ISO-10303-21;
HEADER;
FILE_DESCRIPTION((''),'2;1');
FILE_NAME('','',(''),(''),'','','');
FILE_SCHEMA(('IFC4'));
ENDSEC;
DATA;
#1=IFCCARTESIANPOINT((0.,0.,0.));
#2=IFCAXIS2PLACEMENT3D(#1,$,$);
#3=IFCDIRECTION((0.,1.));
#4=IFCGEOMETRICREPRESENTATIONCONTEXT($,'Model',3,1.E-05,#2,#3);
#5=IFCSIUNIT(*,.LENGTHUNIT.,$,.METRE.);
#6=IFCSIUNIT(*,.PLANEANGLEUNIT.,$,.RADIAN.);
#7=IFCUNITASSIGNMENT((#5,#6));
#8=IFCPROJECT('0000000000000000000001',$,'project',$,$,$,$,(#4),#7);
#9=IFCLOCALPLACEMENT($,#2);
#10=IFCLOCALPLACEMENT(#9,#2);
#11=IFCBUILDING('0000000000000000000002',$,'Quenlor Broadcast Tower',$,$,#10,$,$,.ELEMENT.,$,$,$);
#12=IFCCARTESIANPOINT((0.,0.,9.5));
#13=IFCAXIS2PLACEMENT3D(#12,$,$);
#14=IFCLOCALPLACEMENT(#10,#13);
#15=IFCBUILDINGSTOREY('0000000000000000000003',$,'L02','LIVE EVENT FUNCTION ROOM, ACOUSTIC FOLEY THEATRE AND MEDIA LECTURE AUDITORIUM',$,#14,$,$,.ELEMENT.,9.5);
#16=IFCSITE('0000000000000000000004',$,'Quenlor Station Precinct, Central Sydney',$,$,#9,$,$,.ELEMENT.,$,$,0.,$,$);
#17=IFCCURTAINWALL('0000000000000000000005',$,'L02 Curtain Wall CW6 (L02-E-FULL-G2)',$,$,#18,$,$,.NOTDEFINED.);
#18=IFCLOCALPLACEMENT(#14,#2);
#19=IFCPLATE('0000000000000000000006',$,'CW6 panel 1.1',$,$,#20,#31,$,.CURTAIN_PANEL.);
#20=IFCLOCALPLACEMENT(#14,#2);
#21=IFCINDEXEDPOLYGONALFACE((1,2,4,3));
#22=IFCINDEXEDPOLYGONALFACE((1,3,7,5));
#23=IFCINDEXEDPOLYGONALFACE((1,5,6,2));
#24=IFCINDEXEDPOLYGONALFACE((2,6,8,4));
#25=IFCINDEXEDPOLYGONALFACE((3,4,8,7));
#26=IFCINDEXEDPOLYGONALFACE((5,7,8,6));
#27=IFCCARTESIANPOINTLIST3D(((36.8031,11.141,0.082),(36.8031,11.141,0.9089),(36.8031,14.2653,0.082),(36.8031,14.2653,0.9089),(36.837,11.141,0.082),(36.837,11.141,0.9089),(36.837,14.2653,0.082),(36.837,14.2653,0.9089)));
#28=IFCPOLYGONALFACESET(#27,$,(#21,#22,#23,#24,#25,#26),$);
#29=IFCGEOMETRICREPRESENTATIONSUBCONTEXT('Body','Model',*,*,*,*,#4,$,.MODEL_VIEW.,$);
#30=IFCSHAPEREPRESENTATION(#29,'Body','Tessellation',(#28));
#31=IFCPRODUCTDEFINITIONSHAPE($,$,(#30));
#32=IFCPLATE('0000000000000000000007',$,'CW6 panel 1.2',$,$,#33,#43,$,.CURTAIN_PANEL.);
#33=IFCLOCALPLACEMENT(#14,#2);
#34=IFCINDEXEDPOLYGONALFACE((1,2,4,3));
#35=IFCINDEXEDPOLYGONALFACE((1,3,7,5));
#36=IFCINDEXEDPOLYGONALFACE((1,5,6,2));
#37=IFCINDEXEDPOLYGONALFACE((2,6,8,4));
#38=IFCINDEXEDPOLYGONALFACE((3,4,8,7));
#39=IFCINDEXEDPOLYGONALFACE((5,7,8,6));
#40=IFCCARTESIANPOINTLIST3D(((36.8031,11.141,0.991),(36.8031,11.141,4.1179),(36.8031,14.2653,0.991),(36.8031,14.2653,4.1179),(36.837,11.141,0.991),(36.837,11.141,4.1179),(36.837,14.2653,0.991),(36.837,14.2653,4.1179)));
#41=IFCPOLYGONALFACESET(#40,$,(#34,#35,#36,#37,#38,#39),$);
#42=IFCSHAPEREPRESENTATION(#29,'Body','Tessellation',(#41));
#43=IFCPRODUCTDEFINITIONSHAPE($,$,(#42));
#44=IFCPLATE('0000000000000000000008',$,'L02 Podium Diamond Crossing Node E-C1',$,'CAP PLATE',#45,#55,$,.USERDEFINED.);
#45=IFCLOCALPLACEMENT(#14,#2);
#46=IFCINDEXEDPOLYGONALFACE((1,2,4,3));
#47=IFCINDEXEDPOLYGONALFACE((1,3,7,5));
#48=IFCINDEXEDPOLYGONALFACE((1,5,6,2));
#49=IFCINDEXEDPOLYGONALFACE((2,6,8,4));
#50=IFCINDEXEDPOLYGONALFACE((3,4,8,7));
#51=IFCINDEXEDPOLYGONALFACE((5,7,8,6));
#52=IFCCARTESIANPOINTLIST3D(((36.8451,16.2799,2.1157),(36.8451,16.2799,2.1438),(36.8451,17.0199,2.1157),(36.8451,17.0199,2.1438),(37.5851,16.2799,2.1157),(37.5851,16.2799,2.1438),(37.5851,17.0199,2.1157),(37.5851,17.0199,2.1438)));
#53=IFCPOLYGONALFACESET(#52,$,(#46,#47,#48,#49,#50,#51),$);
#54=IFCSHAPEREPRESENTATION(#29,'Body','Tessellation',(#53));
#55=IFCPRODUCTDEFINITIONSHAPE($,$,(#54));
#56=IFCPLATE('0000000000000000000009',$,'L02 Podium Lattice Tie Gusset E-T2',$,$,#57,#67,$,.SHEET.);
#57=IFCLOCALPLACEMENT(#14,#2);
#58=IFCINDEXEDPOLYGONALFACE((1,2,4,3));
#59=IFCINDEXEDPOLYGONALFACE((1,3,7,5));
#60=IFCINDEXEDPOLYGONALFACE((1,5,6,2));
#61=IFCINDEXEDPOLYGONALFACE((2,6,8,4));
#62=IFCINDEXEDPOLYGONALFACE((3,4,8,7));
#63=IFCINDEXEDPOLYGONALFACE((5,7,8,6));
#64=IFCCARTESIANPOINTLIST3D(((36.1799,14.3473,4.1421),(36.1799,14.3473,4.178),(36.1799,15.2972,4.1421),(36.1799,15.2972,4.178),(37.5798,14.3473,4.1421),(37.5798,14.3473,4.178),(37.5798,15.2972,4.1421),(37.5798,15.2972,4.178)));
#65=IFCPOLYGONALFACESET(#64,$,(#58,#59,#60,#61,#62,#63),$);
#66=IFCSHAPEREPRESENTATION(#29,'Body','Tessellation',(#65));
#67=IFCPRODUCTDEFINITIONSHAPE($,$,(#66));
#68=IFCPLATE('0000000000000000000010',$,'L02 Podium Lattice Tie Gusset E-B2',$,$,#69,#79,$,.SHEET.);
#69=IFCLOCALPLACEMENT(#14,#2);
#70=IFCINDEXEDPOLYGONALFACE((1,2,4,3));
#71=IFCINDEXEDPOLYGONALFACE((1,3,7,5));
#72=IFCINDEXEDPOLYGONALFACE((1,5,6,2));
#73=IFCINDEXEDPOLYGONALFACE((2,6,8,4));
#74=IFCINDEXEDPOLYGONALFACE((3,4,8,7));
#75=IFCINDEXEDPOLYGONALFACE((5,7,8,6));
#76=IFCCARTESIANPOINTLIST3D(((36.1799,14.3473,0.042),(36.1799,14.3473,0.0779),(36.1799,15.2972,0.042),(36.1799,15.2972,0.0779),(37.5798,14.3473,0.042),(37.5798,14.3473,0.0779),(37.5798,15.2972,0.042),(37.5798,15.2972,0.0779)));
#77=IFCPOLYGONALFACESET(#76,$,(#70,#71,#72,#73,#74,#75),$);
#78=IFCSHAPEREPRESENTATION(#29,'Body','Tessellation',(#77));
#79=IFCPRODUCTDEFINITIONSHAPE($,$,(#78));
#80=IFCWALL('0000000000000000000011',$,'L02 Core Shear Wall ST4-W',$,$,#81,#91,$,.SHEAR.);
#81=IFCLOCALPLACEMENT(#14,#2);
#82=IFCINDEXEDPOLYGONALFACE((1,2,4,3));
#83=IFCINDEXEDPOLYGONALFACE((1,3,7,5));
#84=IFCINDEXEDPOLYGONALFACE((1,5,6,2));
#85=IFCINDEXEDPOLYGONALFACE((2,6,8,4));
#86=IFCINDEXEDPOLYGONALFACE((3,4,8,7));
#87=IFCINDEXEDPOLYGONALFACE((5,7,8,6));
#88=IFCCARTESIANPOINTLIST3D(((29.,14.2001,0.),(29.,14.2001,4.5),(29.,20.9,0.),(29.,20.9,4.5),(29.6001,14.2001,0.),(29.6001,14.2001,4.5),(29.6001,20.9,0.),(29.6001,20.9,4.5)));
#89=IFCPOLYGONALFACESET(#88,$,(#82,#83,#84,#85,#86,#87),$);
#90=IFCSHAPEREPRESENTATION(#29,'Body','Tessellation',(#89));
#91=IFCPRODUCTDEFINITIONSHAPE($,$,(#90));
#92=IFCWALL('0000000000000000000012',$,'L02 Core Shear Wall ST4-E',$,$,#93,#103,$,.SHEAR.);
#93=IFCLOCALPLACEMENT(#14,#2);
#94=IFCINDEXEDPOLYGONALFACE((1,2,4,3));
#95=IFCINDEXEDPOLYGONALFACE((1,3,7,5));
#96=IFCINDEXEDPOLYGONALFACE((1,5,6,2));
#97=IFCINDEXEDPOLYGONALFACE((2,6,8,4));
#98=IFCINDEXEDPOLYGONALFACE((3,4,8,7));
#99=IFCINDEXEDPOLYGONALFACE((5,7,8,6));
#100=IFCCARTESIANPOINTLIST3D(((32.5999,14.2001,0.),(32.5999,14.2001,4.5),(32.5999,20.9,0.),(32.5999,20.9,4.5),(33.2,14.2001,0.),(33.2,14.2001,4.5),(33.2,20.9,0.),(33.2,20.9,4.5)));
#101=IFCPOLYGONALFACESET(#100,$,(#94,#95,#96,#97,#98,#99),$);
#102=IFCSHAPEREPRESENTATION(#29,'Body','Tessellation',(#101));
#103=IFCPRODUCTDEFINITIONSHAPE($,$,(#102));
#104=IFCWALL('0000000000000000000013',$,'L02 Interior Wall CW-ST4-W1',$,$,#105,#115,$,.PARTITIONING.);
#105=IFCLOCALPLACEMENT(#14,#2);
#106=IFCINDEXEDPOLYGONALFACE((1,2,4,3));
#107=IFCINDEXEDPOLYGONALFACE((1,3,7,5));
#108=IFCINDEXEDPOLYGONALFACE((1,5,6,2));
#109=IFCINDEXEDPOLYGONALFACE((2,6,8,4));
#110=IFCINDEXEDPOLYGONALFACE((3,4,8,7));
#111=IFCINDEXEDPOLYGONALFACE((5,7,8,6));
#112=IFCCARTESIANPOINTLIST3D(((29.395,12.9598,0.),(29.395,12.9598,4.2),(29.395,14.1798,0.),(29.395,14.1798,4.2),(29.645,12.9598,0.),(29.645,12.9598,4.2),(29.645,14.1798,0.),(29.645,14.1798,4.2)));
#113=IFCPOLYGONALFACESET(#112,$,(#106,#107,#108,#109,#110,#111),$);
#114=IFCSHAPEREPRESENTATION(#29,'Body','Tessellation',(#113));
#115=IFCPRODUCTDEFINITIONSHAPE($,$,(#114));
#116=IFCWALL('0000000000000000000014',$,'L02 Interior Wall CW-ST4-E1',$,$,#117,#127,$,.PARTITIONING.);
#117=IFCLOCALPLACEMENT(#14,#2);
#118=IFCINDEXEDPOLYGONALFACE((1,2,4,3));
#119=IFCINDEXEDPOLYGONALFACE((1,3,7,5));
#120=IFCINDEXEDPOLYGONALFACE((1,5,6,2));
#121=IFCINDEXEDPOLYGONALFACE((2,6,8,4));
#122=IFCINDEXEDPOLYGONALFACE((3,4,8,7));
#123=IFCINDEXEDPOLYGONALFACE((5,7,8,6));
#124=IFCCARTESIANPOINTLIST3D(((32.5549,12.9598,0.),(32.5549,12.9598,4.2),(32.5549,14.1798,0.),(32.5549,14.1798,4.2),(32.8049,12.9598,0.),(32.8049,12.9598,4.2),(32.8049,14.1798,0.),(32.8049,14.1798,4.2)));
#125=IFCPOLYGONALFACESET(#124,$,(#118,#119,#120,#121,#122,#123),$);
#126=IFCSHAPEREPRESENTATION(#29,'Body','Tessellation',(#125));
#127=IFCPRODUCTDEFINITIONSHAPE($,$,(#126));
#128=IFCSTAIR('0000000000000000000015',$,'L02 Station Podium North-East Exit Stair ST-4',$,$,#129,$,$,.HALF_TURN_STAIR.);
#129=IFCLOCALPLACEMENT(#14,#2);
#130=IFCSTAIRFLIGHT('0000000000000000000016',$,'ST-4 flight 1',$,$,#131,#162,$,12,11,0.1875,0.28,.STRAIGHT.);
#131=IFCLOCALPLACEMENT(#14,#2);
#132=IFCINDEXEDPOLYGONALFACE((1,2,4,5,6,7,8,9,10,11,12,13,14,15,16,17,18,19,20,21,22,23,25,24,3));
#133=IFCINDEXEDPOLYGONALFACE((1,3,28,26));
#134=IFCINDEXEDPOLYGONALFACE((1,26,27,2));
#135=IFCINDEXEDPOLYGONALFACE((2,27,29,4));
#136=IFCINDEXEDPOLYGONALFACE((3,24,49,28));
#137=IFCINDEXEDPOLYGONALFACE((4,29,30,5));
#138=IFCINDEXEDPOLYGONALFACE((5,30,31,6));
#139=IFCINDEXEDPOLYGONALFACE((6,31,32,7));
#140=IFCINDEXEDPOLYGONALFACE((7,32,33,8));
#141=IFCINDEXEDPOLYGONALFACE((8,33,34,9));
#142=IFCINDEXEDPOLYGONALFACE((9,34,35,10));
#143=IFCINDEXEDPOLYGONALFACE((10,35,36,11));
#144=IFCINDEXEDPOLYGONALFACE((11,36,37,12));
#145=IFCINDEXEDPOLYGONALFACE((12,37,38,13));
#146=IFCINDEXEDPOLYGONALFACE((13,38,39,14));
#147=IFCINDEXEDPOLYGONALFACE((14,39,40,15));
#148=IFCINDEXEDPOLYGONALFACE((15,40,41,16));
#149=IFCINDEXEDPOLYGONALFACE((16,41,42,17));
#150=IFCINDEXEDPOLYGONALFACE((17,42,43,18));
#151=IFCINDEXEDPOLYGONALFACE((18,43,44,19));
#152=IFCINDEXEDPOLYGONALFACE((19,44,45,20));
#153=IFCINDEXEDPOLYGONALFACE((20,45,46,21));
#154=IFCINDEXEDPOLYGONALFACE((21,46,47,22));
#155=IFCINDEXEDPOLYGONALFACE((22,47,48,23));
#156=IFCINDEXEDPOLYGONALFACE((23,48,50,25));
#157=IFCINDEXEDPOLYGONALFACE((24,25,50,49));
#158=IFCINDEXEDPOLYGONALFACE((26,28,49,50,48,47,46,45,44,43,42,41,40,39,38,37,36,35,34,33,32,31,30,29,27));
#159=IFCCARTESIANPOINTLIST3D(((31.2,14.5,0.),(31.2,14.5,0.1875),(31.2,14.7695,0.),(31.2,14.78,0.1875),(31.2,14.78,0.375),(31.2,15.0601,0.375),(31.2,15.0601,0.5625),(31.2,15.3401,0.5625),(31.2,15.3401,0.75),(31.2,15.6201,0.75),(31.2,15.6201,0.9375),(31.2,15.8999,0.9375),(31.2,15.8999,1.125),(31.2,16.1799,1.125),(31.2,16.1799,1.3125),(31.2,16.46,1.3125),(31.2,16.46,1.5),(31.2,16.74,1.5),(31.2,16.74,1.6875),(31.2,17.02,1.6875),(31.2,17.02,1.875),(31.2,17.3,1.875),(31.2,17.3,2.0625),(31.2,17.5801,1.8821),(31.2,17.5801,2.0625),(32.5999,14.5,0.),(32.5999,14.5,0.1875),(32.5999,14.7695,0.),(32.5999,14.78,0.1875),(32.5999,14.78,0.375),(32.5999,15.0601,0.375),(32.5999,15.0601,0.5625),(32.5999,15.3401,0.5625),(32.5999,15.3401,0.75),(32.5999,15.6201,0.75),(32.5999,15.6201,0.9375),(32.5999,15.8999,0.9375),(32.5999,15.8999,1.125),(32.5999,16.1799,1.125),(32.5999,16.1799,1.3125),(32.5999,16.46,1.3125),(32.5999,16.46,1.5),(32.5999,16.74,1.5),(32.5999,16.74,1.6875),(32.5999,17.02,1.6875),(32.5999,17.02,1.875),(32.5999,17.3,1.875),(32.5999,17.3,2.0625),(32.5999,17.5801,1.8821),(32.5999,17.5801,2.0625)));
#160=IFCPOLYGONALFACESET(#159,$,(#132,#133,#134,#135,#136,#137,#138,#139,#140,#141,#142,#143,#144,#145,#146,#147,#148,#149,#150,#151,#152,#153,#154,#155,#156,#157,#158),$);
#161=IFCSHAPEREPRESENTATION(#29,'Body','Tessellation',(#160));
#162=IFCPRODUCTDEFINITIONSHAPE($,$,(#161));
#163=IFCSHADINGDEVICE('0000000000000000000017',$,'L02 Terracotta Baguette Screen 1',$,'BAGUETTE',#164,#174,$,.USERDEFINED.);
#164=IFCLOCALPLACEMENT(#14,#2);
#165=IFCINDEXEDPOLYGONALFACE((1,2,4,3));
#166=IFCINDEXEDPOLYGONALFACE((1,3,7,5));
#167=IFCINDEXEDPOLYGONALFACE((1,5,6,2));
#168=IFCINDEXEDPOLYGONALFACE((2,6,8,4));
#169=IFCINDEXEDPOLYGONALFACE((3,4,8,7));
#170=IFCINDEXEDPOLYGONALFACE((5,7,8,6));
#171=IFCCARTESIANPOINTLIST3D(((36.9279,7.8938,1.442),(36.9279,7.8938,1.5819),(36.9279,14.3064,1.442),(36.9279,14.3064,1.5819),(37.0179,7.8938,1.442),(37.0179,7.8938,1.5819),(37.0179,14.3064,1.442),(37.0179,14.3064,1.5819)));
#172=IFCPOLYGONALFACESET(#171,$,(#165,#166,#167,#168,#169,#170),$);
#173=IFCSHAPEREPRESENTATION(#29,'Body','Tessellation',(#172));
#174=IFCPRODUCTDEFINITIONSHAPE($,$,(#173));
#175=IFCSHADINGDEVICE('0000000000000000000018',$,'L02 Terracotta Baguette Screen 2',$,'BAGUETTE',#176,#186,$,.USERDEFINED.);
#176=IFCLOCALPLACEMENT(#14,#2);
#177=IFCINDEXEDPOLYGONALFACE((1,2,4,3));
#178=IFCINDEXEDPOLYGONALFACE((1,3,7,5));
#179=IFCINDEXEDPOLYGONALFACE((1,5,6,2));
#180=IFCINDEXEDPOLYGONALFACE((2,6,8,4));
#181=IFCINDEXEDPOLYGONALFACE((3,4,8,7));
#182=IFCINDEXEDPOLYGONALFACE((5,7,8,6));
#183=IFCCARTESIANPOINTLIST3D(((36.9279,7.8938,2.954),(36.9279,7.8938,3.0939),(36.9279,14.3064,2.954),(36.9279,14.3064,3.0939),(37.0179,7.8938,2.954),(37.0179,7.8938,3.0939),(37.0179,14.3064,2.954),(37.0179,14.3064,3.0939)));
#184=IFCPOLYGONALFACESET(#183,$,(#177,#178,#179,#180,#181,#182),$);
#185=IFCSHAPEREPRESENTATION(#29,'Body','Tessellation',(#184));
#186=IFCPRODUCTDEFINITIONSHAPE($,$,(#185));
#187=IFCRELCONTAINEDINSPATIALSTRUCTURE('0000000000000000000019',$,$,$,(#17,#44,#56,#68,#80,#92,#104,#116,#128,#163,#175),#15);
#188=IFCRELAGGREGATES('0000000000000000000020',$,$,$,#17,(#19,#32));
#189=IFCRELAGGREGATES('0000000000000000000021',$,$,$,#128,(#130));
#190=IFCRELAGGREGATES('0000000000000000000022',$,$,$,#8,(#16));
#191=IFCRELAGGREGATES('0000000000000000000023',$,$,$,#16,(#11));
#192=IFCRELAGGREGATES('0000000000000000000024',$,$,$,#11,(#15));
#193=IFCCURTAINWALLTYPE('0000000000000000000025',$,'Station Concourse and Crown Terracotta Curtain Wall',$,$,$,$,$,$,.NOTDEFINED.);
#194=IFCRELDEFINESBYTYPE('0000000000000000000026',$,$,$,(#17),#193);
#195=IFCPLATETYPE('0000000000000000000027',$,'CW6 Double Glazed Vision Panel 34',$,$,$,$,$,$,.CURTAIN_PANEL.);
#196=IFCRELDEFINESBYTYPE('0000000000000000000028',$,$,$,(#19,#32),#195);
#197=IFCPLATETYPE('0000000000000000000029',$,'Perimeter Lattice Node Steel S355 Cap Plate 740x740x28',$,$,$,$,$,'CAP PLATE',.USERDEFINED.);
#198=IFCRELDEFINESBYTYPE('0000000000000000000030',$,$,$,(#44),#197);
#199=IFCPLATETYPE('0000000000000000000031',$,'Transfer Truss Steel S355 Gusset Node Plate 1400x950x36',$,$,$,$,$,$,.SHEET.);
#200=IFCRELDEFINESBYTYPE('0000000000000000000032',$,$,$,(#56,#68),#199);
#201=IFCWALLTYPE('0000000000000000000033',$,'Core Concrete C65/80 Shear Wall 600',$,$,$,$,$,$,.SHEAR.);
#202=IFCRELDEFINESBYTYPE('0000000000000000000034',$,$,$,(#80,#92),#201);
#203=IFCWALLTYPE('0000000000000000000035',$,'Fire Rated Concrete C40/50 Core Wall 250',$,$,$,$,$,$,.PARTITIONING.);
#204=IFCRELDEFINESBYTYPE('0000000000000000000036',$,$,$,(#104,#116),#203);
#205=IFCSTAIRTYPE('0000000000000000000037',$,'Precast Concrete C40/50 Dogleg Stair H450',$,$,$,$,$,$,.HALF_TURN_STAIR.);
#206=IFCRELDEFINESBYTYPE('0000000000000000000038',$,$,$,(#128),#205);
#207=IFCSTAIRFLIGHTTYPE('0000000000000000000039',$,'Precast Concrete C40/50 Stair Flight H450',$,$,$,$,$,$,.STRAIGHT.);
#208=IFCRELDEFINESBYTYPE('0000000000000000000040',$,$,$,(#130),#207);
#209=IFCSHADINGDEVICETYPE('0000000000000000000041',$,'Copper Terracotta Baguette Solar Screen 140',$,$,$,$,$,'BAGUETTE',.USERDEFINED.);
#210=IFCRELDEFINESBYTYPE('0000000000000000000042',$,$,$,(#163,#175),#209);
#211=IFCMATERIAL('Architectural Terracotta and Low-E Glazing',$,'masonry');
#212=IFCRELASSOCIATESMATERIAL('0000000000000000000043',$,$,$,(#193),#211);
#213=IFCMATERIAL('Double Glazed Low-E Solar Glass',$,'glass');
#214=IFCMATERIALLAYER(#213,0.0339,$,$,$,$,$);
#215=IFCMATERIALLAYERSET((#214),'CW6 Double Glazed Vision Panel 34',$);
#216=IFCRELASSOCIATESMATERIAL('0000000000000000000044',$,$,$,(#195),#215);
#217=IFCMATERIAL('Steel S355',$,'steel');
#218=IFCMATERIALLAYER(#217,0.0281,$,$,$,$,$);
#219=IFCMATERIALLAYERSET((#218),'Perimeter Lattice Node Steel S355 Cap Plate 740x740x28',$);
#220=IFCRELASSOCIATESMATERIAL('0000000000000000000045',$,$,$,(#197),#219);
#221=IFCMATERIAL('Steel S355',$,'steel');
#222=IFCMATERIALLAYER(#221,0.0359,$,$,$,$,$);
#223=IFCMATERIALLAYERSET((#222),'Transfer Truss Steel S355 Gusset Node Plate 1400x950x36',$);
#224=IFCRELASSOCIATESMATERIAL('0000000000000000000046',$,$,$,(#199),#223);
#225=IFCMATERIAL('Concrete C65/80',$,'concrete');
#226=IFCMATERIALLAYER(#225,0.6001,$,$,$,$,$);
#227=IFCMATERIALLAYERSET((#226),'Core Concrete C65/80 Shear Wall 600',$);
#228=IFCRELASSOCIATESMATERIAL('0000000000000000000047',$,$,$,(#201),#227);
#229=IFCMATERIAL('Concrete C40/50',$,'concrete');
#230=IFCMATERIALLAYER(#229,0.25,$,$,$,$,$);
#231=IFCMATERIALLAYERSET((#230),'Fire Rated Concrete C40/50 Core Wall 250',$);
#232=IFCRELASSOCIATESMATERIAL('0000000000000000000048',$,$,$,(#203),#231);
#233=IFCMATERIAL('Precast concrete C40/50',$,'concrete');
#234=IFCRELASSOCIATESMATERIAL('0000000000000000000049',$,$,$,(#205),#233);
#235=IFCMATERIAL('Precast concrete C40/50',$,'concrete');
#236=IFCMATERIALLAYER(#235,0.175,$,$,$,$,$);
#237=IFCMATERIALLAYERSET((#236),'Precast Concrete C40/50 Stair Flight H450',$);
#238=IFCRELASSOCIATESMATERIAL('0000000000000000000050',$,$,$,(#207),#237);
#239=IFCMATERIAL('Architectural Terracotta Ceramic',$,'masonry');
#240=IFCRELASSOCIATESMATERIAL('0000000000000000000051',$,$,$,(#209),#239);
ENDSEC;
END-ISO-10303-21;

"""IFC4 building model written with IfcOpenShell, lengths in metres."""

from ifc_helpers import new_model, si_unit, direction, frame, frame_2d, origin, origin_2d, place, context, subcontext, project, spatial, polyline, rectangle, outline, extrude, material, layer, layer_set, material_profile, profile_set, type_object, element, aggregate, save


model = new_model("IFC4")

# Units and contexts
model_context = context("Model", 3, precision=1e-05, world=origin(), true_north=direction((0.0, 1.0)))
body_context = subcontext(model_context, "Body", "Model", "MODEL_VIEW")
ifc_project = project(units=[si_unit("LENGTHUNIT", "METRE"), si_unit("PLANEANGLEUNIT", "RADIAN")], contexts=[model_context])

# Site, building, storey
site_placement = place(None, origin())
site = spatial("IfcSite", under=ifc_project, at=site_placement, Name="Quenlor Station Precinct, Central Sydney", CompositionType="ELEMENT", RefElevation=0.0)
building_placement = place(site_placement, origin())
building = spatial("IfcBuilding", under=site, at=building_placement, Name="Quenlor Broadcast Tower", CompositionType="ELEMENT")
storey_placement = place(building_placement, frame((0.0, 0.0, 9.5)))
storey = spatial("IfcBuildingStorey", under=building, at=storey_placement, Name="L02", Description="LIVE EVENT FUNCTION ROOM, ACOUSTIC FOLEY THEATRE AND MEDIA LECTURE AUDITORIUM", CompositionType="ELEMENT", Elevation=9.5)

# Curtain wall
ifc_material_1 = material(Name="Architectural Terracotta and Low-E Glazing", Category="masonry")
curtain_wall_type = type_object("IfcCurtainWallType", Name="Station Concourse and Crown Terracotta Curtain Wall", PredefinedType="NOTDEFINED", material=ifc_material_1)
curtain_wall_placement = place(storey_placement, origin())
curtain_wall = element("IfcCurtainWall", 1, at=curtain_wall_placement, inside=storey, type_object=curtain_wall_type, Name="L02 Curtain Wall CW6 (L02-E-FULL-G2)", PredefinedType="NOTDEFINED")

# Plates
ifc_material_2 = material(Name="Double Glazed Low-E Solar Glass", Category="glass")
ifc_layer_1 = layer(ifc_material_2, 0.0339)
ifc_layer_set_1 = layer_set([ifc_layer_1], Name="CW6 Double Glazed Vision Panel 34")
plate_type_1 = type_object("IfcPlateType", Name="CW6 Double Glazed Vision Panel 34", PredefinedType="CURTAIN_PANEL", material=ifc_layer_set_1)
plate_1_placement = place(storey_placement, frame((36.8201, 12.7031, 0.082), z_axis=(0.0, 0.0, 1.0), x_axis=(0.0, -1.0, 0.0)))
plate_1 = element("IfcPlate", 2, at=plate_1_placement, type_object=plate_type_1, Name="CW6 panel 1.1", PredefinedType="CURTAIN_PANEL", context=body_context, shape_type="SweptSolid", body=[
    extrude(rectangle(XDim=3.1243, YDim=0.0339, at=origin_2d()), origin(), (0.0, 0.0, 1.0), 0.8269),
])
plate_2_placement = place(storey_placement, frame((36.8201, 12.7031, 0.991), z_axis=(0.0, 0.0, 1.0), x_axis=(0.0, -1.0, 0.0)))
plate_2 = element("IfcPlate", 3, at=plate_2_placement, type_object=plate_type_1, Name="CW6 panel 1.2", PredefinedType="CURTAIN_PANEL", context=body_context, shape_type="SweptSolid", body=[
    extrude(rectangle(XDim=3.1243, YDim=0.0339, at=origin_2d()), origin(), (0.0, 0.0, 1.0), 3.127),
])
aggregate(curtain_wall, [plate_1, plate_2])

# Plates
ifc_material_3 = material(Name="Steel S355", Category="steel")
ifc_layer_2 = layer(ifc_material_3, 0.0281)
ifc_layer_set_2 = layer_set([ifc_layer_2], Name="Perimeter Lattice Node Steel S355 Cap Plate 740x740x28")
plate_type_2 = type_object("IfcPlateType", Name="Perimeter Lattice Node Steel S355 Cap Plate 740x740x28", ElementType="CAP PLATE", PredefinedType="USERDEFINED", material=ifc_layer_set_2)
plate_3_placement = place(storey_placement, frame((37.2151, 16.6499, 2.1157), z_axis=(0.0, 0.0, 1.0), x_axis=(0.0, -1.0, 0.0)))
element("IfcPlate", 4, at=plate_3_placement, inside=storey, type_object=plate_type_2, Name="L02 Podium Diamond Crossing Node E-C1", ObjectType="CAP PLATE", PredefinedType="USERDEFINED", context=body_context, shape_type="SweptSolid", body=[
    extrude(rectangle(XDim=0.74, YDim=0.74, at=origin_2d()), origin(), (0.0, 0.0, 1.0), 0.0281),
])
ifc_material_4 = material(Name="Steel S355", Category="steel")
ifc_layer_3 = layer(ifc_material_4, 0.0359)
ifc_layer_set_3 = layer_set([ifc_layer_3], Name="Transfer Truss Steel S355 Gusset Node Plate 1400x950x36")
plate_type_3 = type_object("IfcPlateType", Name="Transfer Truss Steel S355 Gusset Node Plate 1400x950x36", PredefinedType="SHEET", material=ifc_layer_set_3)
for number, where, z_axis, x_axis, name in (
    (5, (36.8799, 14.8223, 4.1421), (0.0, 0.0, 1.0), (1.0, 0.0, 0.0), "L02 Podium Lattice Tie Gusset E-T2"),
    (6, (36.8799, 14.8223, 0.042), (0.0, 0.0, 1.0), (1.0, 0.0, 0.0), "L02 Podium Lattice Tie Gusset E-B2"),
):
    element("IfcPlate", number, at=place(storey_placement, frame(where, z_axis=z_axis, x_axis=x_axis)), inside=storey, type_object=plate_type_3, Name=name, PredefinedType="SHEET", context=body_context, shape_type="SweptSolid", body=[
        extrude(rectangle(XDim=1.3999, YDim=0.95, at=origin_2d()), origin(), (0.0, 0.0, 1.0), 0.0359),
    ])

# Walls
ifc_material_5 = material(Name="Concrete C65/80", Category="concrete")
ifc_layer_4 = layer(ifc_material_5, 0.6001)
ifc_layer_set_4 = layer_set([ifc_layer_4], Name="Core Concrete C65/80 Shear Wall 600")
wall_type_1 = type_object("IfcWallType", Name="Core Concrete C65/80 Shear Wall 600", PredefinedType="SHEAR", material=ifc_layer_set_4)
for number, where, z_axis, x_axis, name in (
    (7, (29.3, 14.2, 0.0), (0.0, 0.0, 1.0), (0.0, 1.0, 0.0), "L02 Core Shear Wall ST4-W"),
    (8, (32.8999, 14.2, 0.0), (0.0, 0.0, 1.0), (0.0, 1.0, 0.0), "L02 Core Shear Wall ST4-E"),
):
    element("IfcWall", number, at=place(storey_placement, frame(where, z_axis=z_axis, x_axis=x_axis)), inside=storey, type_object=wall_type_1, Name=name, PredefinedType="SHEAR", context=body_context, shape_type="SweptSolid", body=[
        extrude(rectangle(XDim=6.7, YDim=0.6001, at=frame_2d((3.3501, 0.0))), origin(), (0.0, 0.0, 1.0), 4.5),
    ])

# Shared definitions
ifc_material_6 = material(Name="Concrete C40/50", Category="concrete")
ifc_layer_5 = layer(ifc_material_6, 0.25)
ifc_layer_set_5 = layer_set([ifc_layer_5], Name="Fire Rated Concrete C40/50 Core Wall 250")
wall_type_2 = type_object("IfcWallType", Name="Fire Rated Concrete C40/50 Core Wall 250", PredefinedType="PARTITIONING", material=ifc_layer_set_5)

# Walls
for number, where, z_axis, x_axis, name in (
    (9, (29.52, 12.96, 0.0), (0.0, 0.0, 1.0), (0.0, 1.0, 0.0), "L02 Interior Wall CW-ST4-W1"),
    (10, (32.6799, 12.96, 0.0), (0.0, 0.0, 1.0), (0.0, 1.0, 0.0), "L02 Interior Wall CW-ST4-E1"),
):
    element("IfcWall", number, at=place(storey_placement, frame(where, z_axis=z_axis, x_axis=x_axis)), inside=storey, type_object=wall_type_2, Name=name, PredefinedType="PARTITIONING", context=body_context, shape_type="SweptSolid", body=[
        extrude(rectangle(XDim=1.22, YDim=0.25, at=frame_2d((0.6099, 0.0))), origin(), (0.0, 0.0, 1.0), 4.2),
    ])

# Stair, stair flight
ifc_material_7 = material(Name="Precast concrete C40/50", Category="concrete")
stair_type = type_object("IfcStairType", Name="Precast Concrete C40/50 Dogleg Stair H450", PredefinedType="HALF_TURN_STAIR", material=ifc_material_7)
stair_placement = place(storey_placement, origin())
stair = element("IfcStair", 11, at=stair_placement, inside=storey, type_object=stair_type, Name="L02 Station Podium North-East Exit Stair ST-4", PredefinedType="HALF_TURN_STAIR")
ifc_material_8 = material(Name="Precast concrete C40/50", Category="concrete")
ifc_layer_6 = layer(ifc_material_8, 0.175)
ifc_layer_set_6 = layer_set([ifc_layer_6], Name="Precast Concrete C40/50 Stair Flight H450")
stair_flight_type = type_object("IfcStairFlightType", Name="Precast Concrete C40/50 Stair Flight H450", PredefinedType="STRAIGHT", material=ifc_layer_set_6)
stair_flight_placement = place(storey_placement, frame((31.8999, 14.5, 0.0), z_axis=(0.0, 0.0, 1.0), x_axis=(0.0, 1.0, 0.0)))
stair_flight = element("IfcStairFlight", 12, at=stair_flight_placement, type_object=stair_flight_type, Name="ST-4 flight 1", NumberOfRisers=12, NumberOfTreads=11, PredefinedType="STRAIGHT", RiserHeight=0.1875, TreadLength=0.28, context=body_context, shape_type="SweptSolid", body=[
    extrude(outline(polyline([(0.0, 0.0), (0.0, 0.1875), (0.28, 0.1875), (0.28, 0.375), (0.5601, 0.375), (0.5601, 0.5625), (0.8401, 0.5625), (0.8401, 0.75), (1.1201, 0.75), (1.1201, 0.9375), (1.3999, 0.9375), (1.3999, 1.125), (1.6799, 1.125), (1.6799, 1.3125), (1.96, 1.3125), (1.96, 1.5), (2.24, 1.5), (2.24, 1.6875), (2.52, 1.6875), (2.52, 1.875), (2.8, 1.875), (2.8, 2.0625), (3.0801, 2.0625), (3.0801, 2.25), (3.0801, 1.8821), (0.2695, 0.0), (0.0, 0.0)])), frame((0.0, 0.7, 0.0), z_axis=(0.0, -1.0, 0.0), x_axis=(1.0, 0.0, 0.0)), (0.0, 0.0, 1.0), 1.3999),
])
aggregate(stair, [stair_flight])

# Shading devices
ifc_material_9 = material(Name="Architectural Terracotta Ceramic", Category="masonry")
ifc_material_profile_1 = material_profile(ifc_material_9, rectangle(XDim=0.0901, YDim=0.1399, at=origin_2d()))
ifc_profile_set_1 = profile_set([ifc_material_profile_1], Name="Architectural Terracotta Ceramic BAG90x140")
shading_device_type = type_object("IfcShadingDeviceType", Name="Copper Terracotta Baguette Solar Screen 140", ElementType="BAGUETTE", PredefinedType="USERDEFINED", material=ifc_profile_set_1)
for number, where, z_axis, x_axis, name in (
    (13, (36.9729, 14.3064, 1.512), (0.0, -1.0, 0.0), (1.0, 0.0, 0.0), "L02 Terracotta Baguette Screen 1"),
    (14, (36.9729, 14.3064, 3.0239), (0.0, -1.0, 0.0), (1.0, 0.0, 0.0), "L02 Terracotta Baguette Screen 2"),
):
    element("IfcShadingDevice", number, at=place(storey_placement, frame(where, z_axis=z_axis, x_axis=x_axis)), inside=storey, type_object=shading_device_type, Name=name, ObjectType="BAGUETTE", PredefinedType="USERDEFINED", context=body_context, shape_type="SweptSolid", body=[
        extrude(rectangle(XDim=0.0901, YDim=0.1399, at=origin_2d()), origin(), (0.0, 0.0, 1.0), 6.4126),
    ])

save(model, "model.ifc")
